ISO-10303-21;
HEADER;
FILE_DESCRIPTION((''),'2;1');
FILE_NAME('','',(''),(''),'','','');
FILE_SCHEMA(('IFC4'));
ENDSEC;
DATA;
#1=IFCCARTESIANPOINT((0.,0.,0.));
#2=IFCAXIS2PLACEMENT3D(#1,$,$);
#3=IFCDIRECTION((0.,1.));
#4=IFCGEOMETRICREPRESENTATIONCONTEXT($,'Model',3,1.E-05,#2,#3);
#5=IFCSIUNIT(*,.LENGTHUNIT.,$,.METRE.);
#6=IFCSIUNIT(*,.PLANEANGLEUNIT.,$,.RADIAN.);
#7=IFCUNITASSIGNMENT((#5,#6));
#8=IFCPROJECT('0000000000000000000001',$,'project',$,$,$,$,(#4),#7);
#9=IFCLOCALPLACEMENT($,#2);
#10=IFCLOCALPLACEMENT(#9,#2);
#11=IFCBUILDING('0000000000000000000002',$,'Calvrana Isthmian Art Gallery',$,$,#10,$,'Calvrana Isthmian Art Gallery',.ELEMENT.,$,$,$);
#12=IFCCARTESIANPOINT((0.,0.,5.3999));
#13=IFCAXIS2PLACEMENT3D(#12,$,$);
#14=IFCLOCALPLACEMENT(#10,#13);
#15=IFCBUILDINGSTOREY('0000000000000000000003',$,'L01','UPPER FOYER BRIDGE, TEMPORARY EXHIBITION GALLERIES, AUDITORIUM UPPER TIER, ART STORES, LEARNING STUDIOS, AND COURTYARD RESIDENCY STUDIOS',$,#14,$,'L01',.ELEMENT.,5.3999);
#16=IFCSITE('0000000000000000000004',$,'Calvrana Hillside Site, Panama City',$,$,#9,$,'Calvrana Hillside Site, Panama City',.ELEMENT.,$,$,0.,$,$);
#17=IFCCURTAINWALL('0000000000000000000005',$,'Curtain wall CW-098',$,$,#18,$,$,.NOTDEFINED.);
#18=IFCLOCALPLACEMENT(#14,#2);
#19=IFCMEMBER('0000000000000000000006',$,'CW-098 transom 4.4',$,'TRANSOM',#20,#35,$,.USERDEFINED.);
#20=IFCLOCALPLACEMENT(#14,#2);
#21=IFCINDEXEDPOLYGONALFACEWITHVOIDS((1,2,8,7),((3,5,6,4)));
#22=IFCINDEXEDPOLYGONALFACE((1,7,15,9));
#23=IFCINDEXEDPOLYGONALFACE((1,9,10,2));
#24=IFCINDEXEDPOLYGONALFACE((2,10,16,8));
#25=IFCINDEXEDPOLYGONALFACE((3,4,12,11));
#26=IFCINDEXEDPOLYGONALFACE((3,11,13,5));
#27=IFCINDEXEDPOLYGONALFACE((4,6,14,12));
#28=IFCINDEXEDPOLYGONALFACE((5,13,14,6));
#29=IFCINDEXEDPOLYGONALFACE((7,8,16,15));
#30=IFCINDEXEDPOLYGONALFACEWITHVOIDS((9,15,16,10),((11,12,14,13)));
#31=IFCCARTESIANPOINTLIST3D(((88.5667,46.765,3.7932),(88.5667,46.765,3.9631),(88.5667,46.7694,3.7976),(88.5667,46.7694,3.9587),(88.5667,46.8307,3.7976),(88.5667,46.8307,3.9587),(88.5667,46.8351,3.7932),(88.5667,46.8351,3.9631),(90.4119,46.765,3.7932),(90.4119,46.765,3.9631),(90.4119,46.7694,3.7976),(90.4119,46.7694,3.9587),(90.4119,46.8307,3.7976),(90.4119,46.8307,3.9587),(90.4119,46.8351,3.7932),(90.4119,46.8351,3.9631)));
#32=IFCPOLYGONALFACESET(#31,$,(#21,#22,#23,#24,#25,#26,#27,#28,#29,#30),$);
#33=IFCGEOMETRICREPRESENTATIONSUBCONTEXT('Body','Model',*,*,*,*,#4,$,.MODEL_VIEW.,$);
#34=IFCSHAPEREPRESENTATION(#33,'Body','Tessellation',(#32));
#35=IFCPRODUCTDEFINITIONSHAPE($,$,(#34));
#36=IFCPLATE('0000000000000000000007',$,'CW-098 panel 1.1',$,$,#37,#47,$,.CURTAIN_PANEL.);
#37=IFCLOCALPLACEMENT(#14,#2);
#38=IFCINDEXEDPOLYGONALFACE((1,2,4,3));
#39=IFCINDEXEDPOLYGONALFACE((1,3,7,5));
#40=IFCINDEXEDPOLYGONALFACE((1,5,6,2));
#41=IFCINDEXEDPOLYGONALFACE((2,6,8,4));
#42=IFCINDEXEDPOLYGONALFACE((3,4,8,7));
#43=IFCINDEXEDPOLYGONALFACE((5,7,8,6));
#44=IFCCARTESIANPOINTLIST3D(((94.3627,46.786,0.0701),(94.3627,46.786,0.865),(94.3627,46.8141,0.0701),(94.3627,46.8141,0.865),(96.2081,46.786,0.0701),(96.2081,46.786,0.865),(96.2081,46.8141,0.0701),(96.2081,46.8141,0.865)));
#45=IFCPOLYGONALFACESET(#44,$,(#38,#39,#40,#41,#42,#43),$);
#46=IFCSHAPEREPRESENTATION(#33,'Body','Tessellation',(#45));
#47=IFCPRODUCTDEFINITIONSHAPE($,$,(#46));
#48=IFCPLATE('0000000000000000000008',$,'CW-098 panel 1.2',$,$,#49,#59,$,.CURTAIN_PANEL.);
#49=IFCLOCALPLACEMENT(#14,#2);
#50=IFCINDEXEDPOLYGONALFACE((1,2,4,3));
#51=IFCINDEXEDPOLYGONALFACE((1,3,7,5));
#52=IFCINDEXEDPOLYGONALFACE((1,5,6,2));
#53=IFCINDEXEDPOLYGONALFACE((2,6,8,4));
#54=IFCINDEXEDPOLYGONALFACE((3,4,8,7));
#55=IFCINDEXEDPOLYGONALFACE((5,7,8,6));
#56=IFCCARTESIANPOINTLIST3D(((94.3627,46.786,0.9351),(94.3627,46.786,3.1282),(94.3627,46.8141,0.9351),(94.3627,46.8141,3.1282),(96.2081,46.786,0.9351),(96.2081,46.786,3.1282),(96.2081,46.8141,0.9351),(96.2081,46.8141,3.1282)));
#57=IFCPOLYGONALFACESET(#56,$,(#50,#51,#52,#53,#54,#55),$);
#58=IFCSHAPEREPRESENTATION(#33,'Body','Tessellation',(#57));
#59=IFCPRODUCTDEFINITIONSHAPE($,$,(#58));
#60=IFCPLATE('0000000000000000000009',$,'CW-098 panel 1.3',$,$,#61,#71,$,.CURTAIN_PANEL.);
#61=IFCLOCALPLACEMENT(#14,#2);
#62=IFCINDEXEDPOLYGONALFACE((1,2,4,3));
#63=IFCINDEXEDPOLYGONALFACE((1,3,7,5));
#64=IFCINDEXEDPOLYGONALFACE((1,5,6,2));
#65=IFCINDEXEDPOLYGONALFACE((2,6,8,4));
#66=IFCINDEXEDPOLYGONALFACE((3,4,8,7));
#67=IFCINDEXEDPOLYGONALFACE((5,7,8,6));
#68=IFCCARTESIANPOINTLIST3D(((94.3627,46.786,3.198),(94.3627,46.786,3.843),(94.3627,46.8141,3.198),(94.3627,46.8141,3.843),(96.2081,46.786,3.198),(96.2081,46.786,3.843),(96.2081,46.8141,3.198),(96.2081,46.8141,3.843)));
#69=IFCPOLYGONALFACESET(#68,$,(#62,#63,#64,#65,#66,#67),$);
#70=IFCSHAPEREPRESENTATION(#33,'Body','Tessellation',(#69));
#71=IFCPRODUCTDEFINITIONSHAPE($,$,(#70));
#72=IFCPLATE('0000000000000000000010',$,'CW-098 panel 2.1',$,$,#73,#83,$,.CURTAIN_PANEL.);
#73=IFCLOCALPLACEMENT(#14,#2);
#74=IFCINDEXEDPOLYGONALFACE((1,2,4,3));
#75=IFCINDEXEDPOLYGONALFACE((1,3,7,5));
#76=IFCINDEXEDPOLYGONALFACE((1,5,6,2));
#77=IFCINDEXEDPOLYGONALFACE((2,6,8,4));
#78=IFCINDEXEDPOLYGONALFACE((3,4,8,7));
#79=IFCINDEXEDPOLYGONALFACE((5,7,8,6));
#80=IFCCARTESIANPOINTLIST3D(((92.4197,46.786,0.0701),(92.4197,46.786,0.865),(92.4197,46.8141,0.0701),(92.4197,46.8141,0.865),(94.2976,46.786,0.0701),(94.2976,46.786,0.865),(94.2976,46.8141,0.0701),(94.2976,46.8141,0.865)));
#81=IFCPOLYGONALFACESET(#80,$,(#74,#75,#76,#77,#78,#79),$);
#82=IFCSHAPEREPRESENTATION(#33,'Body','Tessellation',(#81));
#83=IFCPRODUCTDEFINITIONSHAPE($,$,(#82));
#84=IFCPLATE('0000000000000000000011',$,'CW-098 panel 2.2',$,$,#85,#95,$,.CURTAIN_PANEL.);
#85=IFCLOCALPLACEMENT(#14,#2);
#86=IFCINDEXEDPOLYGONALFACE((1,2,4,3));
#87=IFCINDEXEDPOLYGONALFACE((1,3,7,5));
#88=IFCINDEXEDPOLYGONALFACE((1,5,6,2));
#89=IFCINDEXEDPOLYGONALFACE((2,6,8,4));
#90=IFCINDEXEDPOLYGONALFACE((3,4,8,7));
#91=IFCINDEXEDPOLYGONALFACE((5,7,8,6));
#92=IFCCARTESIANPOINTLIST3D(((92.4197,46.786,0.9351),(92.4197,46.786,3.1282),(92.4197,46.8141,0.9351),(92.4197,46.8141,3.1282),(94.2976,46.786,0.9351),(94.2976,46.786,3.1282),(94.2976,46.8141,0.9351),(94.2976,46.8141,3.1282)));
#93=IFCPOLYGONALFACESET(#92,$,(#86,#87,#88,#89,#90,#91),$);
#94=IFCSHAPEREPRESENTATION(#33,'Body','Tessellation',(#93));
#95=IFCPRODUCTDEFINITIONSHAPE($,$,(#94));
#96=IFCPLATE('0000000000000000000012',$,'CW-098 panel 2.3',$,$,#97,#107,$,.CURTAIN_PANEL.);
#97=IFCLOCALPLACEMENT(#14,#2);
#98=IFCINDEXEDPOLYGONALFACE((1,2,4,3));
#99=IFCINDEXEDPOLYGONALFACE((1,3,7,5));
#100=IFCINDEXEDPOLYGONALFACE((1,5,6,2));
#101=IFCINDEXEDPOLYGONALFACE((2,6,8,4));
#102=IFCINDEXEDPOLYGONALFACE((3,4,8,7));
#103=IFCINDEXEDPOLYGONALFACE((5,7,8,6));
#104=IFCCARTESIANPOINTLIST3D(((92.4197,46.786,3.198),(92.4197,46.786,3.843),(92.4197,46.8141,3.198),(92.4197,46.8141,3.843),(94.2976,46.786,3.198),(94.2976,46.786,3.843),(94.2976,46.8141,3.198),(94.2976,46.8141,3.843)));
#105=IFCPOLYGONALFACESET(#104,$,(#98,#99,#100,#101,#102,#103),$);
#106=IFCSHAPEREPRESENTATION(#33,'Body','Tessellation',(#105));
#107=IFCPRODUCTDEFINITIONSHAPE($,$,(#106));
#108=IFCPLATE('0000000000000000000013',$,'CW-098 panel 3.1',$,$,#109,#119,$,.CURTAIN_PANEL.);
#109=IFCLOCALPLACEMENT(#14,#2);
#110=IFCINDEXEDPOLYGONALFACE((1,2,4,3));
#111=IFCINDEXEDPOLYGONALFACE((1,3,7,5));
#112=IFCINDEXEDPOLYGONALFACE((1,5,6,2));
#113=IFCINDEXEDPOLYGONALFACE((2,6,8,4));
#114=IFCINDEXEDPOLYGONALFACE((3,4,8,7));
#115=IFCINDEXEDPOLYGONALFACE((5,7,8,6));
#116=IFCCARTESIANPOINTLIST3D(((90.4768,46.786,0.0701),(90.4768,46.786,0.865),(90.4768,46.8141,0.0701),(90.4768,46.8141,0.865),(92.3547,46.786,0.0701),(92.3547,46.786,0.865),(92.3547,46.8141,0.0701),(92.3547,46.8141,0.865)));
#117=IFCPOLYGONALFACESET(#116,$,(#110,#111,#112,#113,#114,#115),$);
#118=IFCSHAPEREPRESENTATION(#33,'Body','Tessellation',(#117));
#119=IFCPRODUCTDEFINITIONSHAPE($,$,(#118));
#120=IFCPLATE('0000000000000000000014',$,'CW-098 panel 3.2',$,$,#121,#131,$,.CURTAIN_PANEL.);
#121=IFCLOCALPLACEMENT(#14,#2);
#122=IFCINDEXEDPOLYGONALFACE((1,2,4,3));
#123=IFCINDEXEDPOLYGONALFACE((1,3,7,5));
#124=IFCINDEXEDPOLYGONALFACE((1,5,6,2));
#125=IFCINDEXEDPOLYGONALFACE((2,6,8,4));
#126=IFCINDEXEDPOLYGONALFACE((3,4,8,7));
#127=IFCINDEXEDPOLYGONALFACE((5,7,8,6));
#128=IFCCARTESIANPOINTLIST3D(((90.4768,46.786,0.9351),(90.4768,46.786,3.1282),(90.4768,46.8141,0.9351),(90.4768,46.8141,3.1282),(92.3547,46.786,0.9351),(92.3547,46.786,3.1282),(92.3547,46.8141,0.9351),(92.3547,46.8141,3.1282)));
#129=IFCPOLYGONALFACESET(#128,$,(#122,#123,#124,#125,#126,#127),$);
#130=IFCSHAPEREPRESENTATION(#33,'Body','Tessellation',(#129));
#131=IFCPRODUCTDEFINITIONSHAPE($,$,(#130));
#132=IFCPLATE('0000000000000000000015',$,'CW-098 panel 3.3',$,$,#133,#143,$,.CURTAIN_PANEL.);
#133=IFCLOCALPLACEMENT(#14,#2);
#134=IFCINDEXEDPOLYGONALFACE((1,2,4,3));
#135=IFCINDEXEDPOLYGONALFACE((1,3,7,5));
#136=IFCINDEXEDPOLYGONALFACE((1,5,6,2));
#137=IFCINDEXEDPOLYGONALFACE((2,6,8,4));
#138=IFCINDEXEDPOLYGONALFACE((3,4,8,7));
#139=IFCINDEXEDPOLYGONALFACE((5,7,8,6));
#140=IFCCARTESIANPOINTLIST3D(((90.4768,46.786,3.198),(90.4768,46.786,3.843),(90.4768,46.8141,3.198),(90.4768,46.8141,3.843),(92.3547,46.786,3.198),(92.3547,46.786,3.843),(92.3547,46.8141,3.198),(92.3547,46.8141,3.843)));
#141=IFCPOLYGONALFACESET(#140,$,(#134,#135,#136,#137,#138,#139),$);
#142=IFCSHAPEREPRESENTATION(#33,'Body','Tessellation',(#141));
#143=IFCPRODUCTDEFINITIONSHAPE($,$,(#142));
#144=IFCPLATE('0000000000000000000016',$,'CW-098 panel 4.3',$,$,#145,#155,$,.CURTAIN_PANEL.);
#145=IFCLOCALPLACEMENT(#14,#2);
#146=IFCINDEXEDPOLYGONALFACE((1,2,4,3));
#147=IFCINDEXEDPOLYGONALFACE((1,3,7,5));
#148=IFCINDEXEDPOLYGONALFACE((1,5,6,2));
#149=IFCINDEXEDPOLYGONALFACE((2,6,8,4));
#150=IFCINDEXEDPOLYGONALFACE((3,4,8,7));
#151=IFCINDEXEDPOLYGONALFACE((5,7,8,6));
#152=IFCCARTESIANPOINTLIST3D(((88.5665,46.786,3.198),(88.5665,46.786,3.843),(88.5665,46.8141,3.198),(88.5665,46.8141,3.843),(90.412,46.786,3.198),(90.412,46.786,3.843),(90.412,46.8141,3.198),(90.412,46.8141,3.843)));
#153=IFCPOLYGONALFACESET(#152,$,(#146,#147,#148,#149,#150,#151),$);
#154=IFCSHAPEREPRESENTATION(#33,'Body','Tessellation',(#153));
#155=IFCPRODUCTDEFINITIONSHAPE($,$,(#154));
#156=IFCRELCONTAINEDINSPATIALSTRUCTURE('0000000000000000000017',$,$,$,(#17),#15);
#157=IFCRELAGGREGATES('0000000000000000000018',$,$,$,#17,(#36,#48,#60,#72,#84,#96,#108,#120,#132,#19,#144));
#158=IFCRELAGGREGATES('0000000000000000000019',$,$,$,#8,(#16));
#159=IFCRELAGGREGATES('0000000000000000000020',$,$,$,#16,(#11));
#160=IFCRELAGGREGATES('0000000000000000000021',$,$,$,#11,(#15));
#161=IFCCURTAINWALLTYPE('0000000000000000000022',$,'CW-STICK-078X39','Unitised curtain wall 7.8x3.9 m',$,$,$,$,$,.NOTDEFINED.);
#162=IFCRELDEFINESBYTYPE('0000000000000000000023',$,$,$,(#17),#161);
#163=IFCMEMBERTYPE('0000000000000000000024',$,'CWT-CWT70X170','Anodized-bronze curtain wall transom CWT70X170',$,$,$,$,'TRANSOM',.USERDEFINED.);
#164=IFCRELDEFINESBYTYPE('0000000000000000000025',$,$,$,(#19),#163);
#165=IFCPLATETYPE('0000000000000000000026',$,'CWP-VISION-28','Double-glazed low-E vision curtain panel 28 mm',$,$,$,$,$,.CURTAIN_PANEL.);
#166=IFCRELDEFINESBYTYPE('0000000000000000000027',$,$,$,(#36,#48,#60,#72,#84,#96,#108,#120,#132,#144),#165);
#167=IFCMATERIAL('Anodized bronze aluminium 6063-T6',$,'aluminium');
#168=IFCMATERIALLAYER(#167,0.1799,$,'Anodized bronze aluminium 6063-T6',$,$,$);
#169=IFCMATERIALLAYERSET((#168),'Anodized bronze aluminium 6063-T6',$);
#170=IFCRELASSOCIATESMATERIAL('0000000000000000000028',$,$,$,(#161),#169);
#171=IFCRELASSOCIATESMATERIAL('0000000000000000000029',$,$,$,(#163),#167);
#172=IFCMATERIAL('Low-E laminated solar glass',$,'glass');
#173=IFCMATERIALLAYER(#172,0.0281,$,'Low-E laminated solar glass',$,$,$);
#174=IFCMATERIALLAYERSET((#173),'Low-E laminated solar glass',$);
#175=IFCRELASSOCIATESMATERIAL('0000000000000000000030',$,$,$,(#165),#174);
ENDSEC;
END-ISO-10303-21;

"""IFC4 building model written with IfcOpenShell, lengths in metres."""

from ifc_helpers import new_model, si_unit, direction, frame, origin, origin_2d, place, context, subcontext, project, spatial, rectangle, hollow_rectangle, extrude, material, layer, layer_set, material_profile, profile_set, type_object, element, aggregate, save


model = new_model("IFC4")

# Units and contexts
model_context = context("Model", 3, precision=1e-05, world=origin(), true_north=direction((0.0, 1.0)))
body_context = subcontext(model_context, "Body", "Model", "MODEL_VIEW")
ifc_project = project(units=[si_unit("LENGTHUNIT", "METRE"), si_unit("PLANEANGLEUNIT", "RADIAN")], contexts=[model_context])

# Site, building, storey
site_placement = place(None, origin())
site = spatial("IfcSite", under=ifc_project, at=site_placement, Name="Calvrana Hillside Site, Panama City", LongName="Calvrana Hillside Site, Panama City", CompositionType="ELEMENT", RefElevation=0.0)
building_placement = place(site_placement, origin())
building = spatial("IfcBuilding", under=site, at=building_placement, Name="Calvrana Isthmian Art Gallery", LongName="Calvrana Isthmian Art Gallery", CompositionType="ELEMENT")
storey_placement = place(building_placement, frame((0.0, 0.0, 5.3999)))
storey = spatial("IfcBuildingStorey", under=building, at=storey_placement, Name="L01", Description="UPPER FOYER BRIDGE, TEMPORARY EXHIBITION GALLERIES, AUDITORIUM UPPER TIER, ART STORES, LEARNING STUDIOS, AND COURTYARD RESIDENCY STUDIOS", LongName="L01", CompositionType="ELEMENT", Elevation=5.3999)

# Curtain wall, member, plates
ifc_material_1 = material(Name="Anodized bronze aluminium 6063-T6", Category="aluminium")
ifc_layer_1 = layer(ifc_material_1, 0.1799, Name="Anodized bronze aluminium 6063-T6")
ifc_layer_set_1 = layer_set([ifc_layer_1], Name="Anodized bronze aluminium 6063-T6")
curtain_wall_type = type_object("IfcCurtainWallType", Name="CW-STICK-078X39", Description="Unitised curtain wall 7.8x3.9 m", PredefinedType="NOTDEFINED", material=ifc_layer_set_1)
curtain_wall_placement = place(storey_placement, origin())
curtain_wall = element("IfcCurtainWall", 1, at=curtain_wall_placement, inside=storey, type_object=curtain_wall_type, Name="Curtain wall CW-098", PredefinedType="NOTDEFINED")
ifc_material_profile_1 = material_profile(ifc_material_1, hollow_rectangle(XDim=0.0701, YDim=0.1699, WallThickness=0.0044, at=origin_2d()), Name="CWT70X170")
ifc_profile_set_1 = profile_set([ifc_material_profile_1], Name="Anodized bronze aluminium 6063-T6")
member_type_1 = type_object("IfcMemberType", Name="CWT-CWT70X170", Description="Anodized-bronze curtain wall transom CWT70X170", ElementType="TRANSOM", PredefinedType="USERDEFINED", material=ifc_profile_set_1)
member_1_placement = place(storey_placement, frame((90.4119, 46.8, 3.8782), z_axis=(-1.0, 0.0, 0.0), x_axis=(0.0, -1.0, 0.0)))
member_1 = element("IfcMember", 2, at=member_1_placement, type_object=member_type_1, Name="CW-098 transom 4.4", ObjectType="TRANSOM", PredefinedType="USERDEFINED", context=body_context, shape_type="SweptSolid", body=[
    extrude(hollow_rectangle(XDim=0.0701, YDim=0.1699, WallThickness=0.0044, at=origin_2d()), origin(), (0.0, 0.0, 1.0), 1.8452),
])
ifc_material_2 = material(Name="Low-E laminated solar glass", Category="glass")
ifc_layer_2 = layer(ifc_material_2, 0.0281, Name="Low-E laminated solar glass")
ifc_layer_set_2 = layer_set([ifc_layer_2], Name="Low-E laminated solar glass")
plate_type = type_object("IfcPlateType", Name="CWP-VISION-28", Description="Double-glazed low-E vision curtain panel 28 mm", PredefinedType="CURTAIN_PANEL", material=ifc_layer_set_2)
plate_1_placement = place(storey_placement, frame((95.2854, 46.8, 0.0701), z_axis=(0.0, 0.0, 1.0), x_axis=(-1.0, 0.0, 0.0)))
plate_1 = element("IfcPlate", 3, at=plate_1_placement, type_object=plate_type, Name="CW-098 panel 1.1", PredefinedType="CURTAIN_PANEL", context=body_context, shape_type="SweptSolid", body=[
    extrude(rectangle(XDim=1.8455, YDim=0.0281, at=origin_2d()), origin(), (0.0, 0.0, 1.0), 0.7949),
])
plate_2_placement = place(storey_placement, frame((95.2854, 46.8, 0.9351), z_axis=(0.0, 0.0, 1.0), x_axis=(-1.0, 0.0, 0.0)))
plate_2 = element("IfcPlate", 4, at=plate_2_placement, type_object=plate_type, Name="CW-098 panel 1.2", PredefinedType="CURTAIN_PANEL", context=body_context, shape_type="SweptSolid", body=[
    extrude(rectangle(XDim=1.8455, YDim=0.0281, at=origin_2d()), origin(), (0.0, 0.0, 1.0), 2.1931),
])
plate_3_placement = place(storey_placement, frame((95.2854, 46.8, 3.198), z_axis=(0.0, 0.0, 1.0), x_axis=(-1.0, 0.0, 0.0)))
plate_3 = element("IfcPlate", 5, at=plate_3_placement, type_object=plate_type, Name="CW-098 panel 1.3", PredefinedType="CURTAIN_PANEL", context=body_context, shape_type="SweptSolid", body=[
    extrude(rectangle(XDim=1.8455, YDim=0.0281, at=origin_2d()), origin(), (0.0, 0.0, 1.0), 0.645),
])
plate_4_placement = place(storey_placement, frame((93.3586, 46.8, 0.0701), z_axis=(0.0, 0.0, 1.0), x_axis=(-1.0, 0.0, 0.0)))
plate_4 = element("IfcPlate", 6, at=plate_4_placement, type_object=plate_type, Name="CW-098 panel 2.1", PredefinedType="CURTAIN_PANEL", context=body_context, shape_type="SweptSolid", body=[
    extrude(rectangle(XDim=1.8779, YDim=0.0281, at=origin_2d()), origin(), (0.0, 0.0, 1.0), 0.7949),
])
plate_5_placement = place(storey_placement, frame((93.3586, 46.8, 0.9351), z_axis=(0.0, 0.0, 1.0), x_axis=(-1.0, 0.0, 0.0)))
plate_5 = element("IfcPlate", 7, at=plate_5_placement, type_object=plate_type, Name="CW-098 panel 2.2", PredefinedType="CURTAIN_PANEL", context=body_context, shape_type="SweptSolid", body=[
    extrude(rectangle(XDim=1.8779, YDim=0.0281, at=origin_2d()), origin(), (0.0, 0.0, 1.0), 2.1931),
])
plate_6_placement = place(storey_placement, frame((93.3586, 46.8, 3.198), z_axis=(0.0, 0.0, 1.0), x_axis=(-1.0, 0.0, 0.0)))
plate_6 = element("IfcPlate", 8, at=plate_6_placement, type_object=plate_type, Name="CW-098 panel 2.3", PredefinedType="CURTAIN_PANEL", context=body_context, shape_type="SweptSolid", body=[
    extrude(rectangle(XDim=1.8779, YDim=0.0281, at=origin_2d()), origin(), (0.0, 0.0, 1.0), 0.645),
])
plate_7_placement = place(storey_placement, frame((91.4158, 46.8, 0.0701), z_axis=(0.0, 0.0, 1.0), x_axis=(-1.0, 0.0, 0.0)))
plate_7 = element("IfcPlate", 9, at=plate_7_placement, type_object=plate_type, Name="CW-098 panel 3.1", PredefinedType="CURTAIN_PANEL", context=body_context, shape_type="SweptSolid", body=[
    extrude(rectangle(XDim=1.8779, YDim=0.0281, at=origin_2d()), origin(), (0.0, 0.0, 1.0), 0.7949),
])
plate_8_placement = place(storey_placement, frame((91.4158, 46.8, 0.9351), z_axis=(0.0, 0.0, 1.0), x_axis=(-1.0, 0.0, 0.0)))
plate_8 = element("IfcPlate", 10, at=plate_8_placement, type_object=plate_type, Name="CW-098 panel 3.2", PredefinedType="CURTAIN_PANEL", context=body_context, shape_type="SweptSolid", body=[
    extrude(rectangle(XDim=1.8779, YDim=0.0281, at=origin_2d()), origin(), (0.0, 0.0, 1.0), 2.1931),
])
plate_9_placement = place(storey_placement, frame((91.4158, 46.8, 3.198), z_axis=(0.0, 0.0, 1.0), x_axis=(-1.0, 0.0, 0.0)))
plate_9 = element("IfcPlate", 11, at=plate_9_placement, type_object=plate_type, Name="CW-098 panel 3.3", PredefinedType="CURTAIN_PANEL", context=body_context, shape_type="SweptSolid", body=[
    extrude(rectangle(XDim=1.8779, YDim=0.0281, at=origin_2d()), origin(), (0.0, 0.0, 1.0), 0.645),
])
plate_10_placement = place(storey_placement, frame((89.4893, 46.8, 3.198), z_axis=(0.0, 0.0, 1.0), x_axis=(-1.0, 0.0, 0.0)))
plate_10 = element("IfcPlate", 12, at=plate_10_placement, type_object=plate_type, Name="CW-098 panel 4.3", PredefinedType="CURTAIN_PANEL", context=body_context, shape_type="SweptSolid", body=[
    extrude(rectangle(XDim=1.8455, YDim=0.0281, at=origin_2d()), origin(), (0.0, 0.0, 1.0), 0.645),
])
aggregate(curtain_wall, [plate_1, plate_2, plate_3, plate_4, plate_5, plate_6, plate_7, plate_8, plate_9, member_1, plate_10])

save(model, "model.ifc")
